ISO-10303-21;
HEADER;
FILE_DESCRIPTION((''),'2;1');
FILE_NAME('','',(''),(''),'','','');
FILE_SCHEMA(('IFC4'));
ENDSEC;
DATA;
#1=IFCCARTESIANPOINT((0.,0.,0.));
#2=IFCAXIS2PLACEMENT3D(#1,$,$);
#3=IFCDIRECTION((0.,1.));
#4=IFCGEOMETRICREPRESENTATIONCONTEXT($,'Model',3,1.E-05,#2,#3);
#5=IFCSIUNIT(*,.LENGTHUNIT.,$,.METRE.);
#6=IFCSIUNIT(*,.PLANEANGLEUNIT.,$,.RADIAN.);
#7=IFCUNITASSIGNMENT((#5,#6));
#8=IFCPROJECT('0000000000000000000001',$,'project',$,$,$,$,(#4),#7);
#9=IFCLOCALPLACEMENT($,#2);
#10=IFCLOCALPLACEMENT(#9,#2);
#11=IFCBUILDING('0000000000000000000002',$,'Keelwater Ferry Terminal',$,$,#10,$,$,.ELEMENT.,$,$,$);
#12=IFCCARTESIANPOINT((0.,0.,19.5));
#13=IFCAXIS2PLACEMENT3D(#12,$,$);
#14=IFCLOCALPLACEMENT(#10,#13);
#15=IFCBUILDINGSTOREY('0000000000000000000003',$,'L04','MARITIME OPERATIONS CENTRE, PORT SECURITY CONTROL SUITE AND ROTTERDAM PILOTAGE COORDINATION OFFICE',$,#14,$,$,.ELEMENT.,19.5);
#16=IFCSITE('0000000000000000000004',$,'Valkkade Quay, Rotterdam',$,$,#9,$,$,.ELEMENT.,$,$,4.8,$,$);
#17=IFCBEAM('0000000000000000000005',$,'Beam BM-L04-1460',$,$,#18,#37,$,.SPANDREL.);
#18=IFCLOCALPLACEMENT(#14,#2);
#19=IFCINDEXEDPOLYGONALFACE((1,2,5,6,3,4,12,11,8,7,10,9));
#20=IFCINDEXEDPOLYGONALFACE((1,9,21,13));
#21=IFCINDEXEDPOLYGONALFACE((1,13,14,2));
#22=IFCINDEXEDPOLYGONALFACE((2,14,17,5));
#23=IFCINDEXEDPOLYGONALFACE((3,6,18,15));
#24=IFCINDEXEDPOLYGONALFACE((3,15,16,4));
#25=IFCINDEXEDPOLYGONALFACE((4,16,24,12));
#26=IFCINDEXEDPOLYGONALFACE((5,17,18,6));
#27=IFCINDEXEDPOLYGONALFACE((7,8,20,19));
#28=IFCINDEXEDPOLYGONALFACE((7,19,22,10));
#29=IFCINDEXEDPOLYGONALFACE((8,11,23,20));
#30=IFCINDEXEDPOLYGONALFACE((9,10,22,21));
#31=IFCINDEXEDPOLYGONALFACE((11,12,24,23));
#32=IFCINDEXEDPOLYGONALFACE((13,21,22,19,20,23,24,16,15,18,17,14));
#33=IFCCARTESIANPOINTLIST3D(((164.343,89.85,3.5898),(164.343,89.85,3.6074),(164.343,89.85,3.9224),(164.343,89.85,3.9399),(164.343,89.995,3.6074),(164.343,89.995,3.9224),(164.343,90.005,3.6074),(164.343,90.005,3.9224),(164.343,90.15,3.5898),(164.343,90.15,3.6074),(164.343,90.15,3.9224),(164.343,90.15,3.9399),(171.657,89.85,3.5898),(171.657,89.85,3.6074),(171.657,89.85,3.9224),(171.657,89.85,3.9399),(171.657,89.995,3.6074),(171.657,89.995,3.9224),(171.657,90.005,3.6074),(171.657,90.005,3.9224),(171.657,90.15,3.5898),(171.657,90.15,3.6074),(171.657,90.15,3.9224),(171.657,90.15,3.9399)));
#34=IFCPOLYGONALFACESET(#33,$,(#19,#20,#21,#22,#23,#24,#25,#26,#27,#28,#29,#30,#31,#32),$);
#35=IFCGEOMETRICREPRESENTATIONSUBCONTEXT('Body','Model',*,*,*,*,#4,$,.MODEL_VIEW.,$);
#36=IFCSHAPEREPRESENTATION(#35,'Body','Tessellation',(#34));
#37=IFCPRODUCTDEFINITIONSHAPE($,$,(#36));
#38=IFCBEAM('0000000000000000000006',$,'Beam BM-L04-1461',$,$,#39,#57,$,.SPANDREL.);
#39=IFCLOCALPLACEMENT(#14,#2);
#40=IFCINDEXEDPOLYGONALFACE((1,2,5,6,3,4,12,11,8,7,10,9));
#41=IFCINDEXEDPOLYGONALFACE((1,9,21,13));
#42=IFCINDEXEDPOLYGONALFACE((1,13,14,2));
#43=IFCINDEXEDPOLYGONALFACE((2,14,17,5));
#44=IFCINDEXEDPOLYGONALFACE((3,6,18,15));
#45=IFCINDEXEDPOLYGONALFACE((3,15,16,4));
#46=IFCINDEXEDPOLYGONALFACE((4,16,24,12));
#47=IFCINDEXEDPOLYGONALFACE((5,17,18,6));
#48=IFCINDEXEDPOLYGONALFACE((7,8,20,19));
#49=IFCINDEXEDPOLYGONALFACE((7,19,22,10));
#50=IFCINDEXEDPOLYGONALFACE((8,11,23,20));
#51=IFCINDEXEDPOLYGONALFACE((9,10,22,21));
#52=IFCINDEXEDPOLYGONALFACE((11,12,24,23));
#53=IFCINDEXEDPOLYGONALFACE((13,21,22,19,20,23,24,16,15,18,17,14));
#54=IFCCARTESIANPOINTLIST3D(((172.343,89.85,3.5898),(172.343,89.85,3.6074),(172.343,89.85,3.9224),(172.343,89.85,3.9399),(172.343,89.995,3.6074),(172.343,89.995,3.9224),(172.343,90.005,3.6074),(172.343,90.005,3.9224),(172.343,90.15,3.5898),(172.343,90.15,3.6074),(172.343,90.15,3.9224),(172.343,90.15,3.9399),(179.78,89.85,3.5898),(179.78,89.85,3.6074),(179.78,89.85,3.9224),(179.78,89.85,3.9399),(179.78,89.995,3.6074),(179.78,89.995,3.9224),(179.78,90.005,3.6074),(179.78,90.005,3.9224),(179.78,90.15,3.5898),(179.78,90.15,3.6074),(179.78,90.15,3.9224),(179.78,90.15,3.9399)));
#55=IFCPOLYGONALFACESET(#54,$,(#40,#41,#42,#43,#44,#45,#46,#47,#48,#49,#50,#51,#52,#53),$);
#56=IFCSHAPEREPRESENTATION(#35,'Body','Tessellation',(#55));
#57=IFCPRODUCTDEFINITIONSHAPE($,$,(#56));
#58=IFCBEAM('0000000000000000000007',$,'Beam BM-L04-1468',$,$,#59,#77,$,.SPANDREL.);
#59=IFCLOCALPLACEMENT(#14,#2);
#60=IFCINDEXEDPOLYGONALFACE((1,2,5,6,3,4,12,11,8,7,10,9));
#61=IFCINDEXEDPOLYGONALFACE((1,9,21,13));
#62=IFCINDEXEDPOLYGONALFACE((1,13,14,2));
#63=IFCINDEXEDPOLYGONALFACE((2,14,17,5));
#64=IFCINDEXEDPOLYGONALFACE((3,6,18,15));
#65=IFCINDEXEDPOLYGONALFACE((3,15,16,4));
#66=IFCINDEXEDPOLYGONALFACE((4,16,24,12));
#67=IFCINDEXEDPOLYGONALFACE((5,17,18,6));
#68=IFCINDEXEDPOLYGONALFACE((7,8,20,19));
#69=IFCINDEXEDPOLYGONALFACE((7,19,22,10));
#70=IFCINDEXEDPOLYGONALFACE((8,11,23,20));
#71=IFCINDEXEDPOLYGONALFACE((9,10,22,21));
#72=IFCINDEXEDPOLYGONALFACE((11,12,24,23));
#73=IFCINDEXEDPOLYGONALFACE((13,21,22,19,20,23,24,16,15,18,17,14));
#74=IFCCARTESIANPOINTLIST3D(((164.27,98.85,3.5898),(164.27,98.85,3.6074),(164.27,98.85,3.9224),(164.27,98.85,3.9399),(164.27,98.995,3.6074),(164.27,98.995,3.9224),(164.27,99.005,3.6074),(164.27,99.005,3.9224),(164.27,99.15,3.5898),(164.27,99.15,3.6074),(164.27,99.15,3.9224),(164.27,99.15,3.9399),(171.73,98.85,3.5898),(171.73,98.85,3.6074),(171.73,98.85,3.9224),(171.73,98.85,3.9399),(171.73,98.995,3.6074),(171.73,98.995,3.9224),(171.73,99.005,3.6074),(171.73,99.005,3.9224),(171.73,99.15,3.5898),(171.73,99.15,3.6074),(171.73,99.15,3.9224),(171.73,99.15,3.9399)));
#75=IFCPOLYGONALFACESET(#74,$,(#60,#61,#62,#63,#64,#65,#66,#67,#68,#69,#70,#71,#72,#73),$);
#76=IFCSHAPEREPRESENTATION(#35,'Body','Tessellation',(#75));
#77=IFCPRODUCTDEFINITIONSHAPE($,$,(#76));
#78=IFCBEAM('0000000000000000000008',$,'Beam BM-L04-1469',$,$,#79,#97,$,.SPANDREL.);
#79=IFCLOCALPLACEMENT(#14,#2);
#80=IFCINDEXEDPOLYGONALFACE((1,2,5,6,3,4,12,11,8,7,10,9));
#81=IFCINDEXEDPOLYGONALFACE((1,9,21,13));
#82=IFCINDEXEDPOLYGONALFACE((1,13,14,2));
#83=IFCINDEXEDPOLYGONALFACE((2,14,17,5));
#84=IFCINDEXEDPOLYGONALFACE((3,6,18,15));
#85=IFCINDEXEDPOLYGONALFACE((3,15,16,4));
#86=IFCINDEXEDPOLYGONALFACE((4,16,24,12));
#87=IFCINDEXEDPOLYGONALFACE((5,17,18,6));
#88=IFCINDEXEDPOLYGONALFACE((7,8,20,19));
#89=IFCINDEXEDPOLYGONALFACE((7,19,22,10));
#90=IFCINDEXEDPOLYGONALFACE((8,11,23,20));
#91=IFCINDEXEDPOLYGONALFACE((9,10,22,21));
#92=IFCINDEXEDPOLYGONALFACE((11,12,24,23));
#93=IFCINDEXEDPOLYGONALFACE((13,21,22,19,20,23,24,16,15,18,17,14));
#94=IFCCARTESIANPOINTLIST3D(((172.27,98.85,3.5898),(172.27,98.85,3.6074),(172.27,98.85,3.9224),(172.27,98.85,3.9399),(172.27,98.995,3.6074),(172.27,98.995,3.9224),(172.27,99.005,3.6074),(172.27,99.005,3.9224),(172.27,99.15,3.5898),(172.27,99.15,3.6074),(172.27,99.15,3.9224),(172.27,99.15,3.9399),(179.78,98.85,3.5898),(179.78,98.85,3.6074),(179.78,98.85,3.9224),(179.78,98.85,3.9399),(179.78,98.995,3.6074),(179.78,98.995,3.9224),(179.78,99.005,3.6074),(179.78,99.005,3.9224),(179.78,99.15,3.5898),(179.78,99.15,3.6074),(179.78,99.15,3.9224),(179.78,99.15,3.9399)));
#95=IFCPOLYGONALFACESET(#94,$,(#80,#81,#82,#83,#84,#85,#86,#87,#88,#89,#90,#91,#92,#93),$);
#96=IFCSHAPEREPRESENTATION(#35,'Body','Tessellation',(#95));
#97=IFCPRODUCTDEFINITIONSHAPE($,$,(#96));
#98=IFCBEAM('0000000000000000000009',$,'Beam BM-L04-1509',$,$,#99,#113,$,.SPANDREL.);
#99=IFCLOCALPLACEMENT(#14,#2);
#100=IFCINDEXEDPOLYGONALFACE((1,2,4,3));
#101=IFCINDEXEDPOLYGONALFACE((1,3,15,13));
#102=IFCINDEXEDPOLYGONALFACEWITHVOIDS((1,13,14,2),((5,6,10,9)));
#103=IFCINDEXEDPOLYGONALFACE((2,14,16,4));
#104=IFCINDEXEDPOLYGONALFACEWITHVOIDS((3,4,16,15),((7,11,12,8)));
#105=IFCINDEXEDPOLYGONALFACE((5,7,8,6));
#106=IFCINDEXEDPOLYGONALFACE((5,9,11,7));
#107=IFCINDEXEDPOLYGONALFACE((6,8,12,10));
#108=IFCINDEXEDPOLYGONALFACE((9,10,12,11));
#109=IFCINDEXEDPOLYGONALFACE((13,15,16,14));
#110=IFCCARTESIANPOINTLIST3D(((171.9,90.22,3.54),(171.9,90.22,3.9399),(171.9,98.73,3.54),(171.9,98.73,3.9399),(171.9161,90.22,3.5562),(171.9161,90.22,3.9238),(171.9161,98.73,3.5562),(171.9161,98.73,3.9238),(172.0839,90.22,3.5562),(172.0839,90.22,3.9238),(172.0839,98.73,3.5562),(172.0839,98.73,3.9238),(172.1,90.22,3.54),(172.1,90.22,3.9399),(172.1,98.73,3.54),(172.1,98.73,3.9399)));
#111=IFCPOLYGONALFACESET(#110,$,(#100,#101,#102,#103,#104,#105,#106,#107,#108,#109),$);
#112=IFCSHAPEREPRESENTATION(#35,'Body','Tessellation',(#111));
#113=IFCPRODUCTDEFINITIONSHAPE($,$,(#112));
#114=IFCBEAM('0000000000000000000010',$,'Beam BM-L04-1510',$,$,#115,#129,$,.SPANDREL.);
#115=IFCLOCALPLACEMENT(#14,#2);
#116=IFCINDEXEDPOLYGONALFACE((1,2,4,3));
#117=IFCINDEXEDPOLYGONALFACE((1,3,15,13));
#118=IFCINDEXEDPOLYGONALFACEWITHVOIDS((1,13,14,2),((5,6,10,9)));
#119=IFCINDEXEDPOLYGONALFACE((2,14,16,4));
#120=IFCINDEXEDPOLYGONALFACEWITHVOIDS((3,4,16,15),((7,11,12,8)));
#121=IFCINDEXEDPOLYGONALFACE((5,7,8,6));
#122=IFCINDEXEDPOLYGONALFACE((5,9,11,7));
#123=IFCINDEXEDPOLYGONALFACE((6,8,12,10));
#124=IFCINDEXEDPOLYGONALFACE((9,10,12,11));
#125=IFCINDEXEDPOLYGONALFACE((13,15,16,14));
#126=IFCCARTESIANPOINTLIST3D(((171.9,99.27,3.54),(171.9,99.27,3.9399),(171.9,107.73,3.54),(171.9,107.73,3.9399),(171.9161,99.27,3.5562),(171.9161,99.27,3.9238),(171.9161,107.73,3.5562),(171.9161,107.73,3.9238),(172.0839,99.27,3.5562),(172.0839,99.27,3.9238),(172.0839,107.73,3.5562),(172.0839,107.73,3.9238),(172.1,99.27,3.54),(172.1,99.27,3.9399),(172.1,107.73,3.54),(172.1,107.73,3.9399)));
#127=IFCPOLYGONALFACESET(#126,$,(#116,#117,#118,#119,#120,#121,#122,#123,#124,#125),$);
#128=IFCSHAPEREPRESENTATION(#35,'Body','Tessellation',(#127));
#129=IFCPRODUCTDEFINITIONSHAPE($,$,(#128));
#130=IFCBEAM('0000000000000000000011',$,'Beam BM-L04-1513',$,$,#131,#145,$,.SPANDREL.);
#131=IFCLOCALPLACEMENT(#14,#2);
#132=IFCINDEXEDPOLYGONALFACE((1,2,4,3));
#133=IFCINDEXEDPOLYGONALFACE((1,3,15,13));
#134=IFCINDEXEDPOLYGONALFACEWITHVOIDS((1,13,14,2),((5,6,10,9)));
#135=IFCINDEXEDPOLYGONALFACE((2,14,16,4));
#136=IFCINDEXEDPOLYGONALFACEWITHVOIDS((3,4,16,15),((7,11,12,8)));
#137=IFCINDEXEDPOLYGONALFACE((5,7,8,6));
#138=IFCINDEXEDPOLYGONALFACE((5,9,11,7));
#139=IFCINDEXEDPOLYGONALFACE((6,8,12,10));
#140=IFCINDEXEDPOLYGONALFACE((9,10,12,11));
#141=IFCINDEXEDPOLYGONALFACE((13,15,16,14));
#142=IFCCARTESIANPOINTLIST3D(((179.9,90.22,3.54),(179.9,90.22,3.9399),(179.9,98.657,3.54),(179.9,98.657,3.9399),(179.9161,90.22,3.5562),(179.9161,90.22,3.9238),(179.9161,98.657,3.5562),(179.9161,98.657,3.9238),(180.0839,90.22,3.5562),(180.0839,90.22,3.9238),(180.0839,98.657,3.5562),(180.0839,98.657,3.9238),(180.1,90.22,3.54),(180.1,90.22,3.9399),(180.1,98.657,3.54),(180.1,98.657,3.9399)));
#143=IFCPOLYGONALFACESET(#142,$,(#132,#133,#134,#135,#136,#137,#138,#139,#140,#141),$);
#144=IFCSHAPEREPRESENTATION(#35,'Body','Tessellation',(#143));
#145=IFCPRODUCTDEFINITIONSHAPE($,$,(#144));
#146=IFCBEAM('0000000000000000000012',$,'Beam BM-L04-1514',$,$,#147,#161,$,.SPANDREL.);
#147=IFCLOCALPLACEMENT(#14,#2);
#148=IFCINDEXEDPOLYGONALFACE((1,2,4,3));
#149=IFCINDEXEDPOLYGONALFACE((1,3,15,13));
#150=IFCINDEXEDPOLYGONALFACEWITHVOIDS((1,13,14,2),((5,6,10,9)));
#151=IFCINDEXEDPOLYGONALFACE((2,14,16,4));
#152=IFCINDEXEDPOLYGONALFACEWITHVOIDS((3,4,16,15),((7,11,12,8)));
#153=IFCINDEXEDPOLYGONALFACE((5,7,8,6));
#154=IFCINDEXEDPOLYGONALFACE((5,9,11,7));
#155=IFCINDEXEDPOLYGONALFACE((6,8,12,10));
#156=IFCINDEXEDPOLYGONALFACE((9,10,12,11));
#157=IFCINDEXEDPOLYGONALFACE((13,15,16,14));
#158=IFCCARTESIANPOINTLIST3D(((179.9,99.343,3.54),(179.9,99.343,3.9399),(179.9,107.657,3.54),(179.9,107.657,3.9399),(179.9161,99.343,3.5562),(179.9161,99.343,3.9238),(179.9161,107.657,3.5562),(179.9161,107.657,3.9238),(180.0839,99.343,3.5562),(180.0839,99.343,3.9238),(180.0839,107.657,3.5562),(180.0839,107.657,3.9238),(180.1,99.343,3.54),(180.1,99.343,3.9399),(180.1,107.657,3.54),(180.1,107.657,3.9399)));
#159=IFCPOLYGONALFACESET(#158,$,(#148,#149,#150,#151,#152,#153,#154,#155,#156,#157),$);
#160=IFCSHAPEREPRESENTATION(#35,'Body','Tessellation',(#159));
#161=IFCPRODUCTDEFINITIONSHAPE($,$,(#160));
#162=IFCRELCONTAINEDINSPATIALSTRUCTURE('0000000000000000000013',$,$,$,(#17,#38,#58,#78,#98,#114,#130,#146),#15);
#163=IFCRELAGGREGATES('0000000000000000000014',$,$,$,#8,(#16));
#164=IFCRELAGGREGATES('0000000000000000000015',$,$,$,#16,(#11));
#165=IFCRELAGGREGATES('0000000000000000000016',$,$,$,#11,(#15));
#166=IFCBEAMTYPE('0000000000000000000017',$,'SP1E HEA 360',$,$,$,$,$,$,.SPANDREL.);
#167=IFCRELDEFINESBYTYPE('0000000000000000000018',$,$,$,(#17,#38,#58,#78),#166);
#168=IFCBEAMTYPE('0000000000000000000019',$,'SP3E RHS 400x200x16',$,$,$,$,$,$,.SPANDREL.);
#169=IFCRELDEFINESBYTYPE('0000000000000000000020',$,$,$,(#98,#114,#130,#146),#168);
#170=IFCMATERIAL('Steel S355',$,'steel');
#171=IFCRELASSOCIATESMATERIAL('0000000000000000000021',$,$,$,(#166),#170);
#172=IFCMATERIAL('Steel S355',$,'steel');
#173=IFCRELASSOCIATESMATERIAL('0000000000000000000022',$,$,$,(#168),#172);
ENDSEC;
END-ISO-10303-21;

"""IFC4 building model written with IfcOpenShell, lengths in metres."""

from ifc_helpers import new_model, si_unit, direction, frame, origin, origin_2d, place, context, subcontext, project, spatial, hollow_rectangle, i_section, extrude, material, material_profile, profile_set, type_object, element, save


model = new_model("IFC4")

# Units and contexts
model_context = context("Model", 3, precision=1e-05, world=origin(), true_north=direction((0.0, 1.0)))
body_context = subcontext(model_context, "Body", "Model", "MODEL_VIEW")
ifc_project = project(units=[si_unit("LENGTHUNIT", "METRE"), si_unit("PLANEANGLEUNIT", "RADIAN")], contexts=[model_context])

# Site, building, storey
site_placement = place(None, origin())
site = spatial("IfcSite", under=ifc_project, at=site_placement, Name="Valkkade Quay, Rotterdam", CompositionType="ELEMENT", RefElevation=4.8)
building_placement = place(site_placement, origin())
building = spatial("IfcBuilding", under=site, at=building_placement, Name="Keelwater Ferry Terminal", CompositionType="ELEMENT")
storey_placement = place(building_placement, frame((0.0, 0.0, 19.5)))
storey = spatial("IfcBuildingStorey", under=building, at=storey_placement, Name="L04", Description="MARITIME OPERATIONS CENTRE, PORT SECURITY CONTROL SUITE AND ROTTERDAM PILOTAGE COORDINATION OFFICE", CompositionType="ELEMENT", Elevation=19.5)

# Beams
ifc_material_1 = material(Name="Steel S355", Category="steel")
ifc_material_profile_1 = material_profile(ifc_material_1, i_section(OverallWidth=0.3, OverallDepth=0.3501, WebThickness=0.01, FlangeThickness=0.0176, at=origin_2d()), Name="HEA 360")
ifc_profile_set_1 = profile_set([ifc_material_profile_1], Name="Steel S355")
beam_type_1 = type_object("IfcBeamType", Name="SP1E HEA 360", PredefinedType="SPANDREL", material=ifc_profile_set_1)
beam_1_placement = place(storey_placement, frame((164.343, 90.0, 3.7649), z_axis=(1.0, 0.0, 0.0), x_axis=(0.0, 1.0, 0.0)))
element("IfcBeam", 1, at=beam_1_placement, inside=storey, type_object=beam_type_1, Name="Beam BM-L04-1460", PredefinedType="SPANDREL", context=body_context, shape_type="SweptSolid", body=[
    extrude(i_section(OverallWidth=0.3, OverallDepth=0.3501, WebThickness=0.01, FlangeThickness=0.0176, at=origin_2d()), origin(), (0.0, 0.0, 1.0), 7.314),
])
beam_2_placement = place(storey_placement, frame((172.343, 90.0, 3.7649), z_axis=(1.0, 0.0, 0.0), x_axis=(0.0, 1.0, 0.0)))
element("IfcBeam", 2, at=beam_2_placement, inside=storey, type_object=beam_type_1, Name="Beam BM-L04-1461", PredefinedType="SPANDREL", context=body_context, shape_type="SweptSolid", body=[
    extrude(i_section(OverallWidth=0.3, OverallDepth=0.3501, WebThickness=0.01, FlangeThickness=0.0176, at=origin_2d()), origin(), (0.0, 0.0, 1.0), 7.437),
])
beam_3_placement = place(storey_placement, frame((164.27, 99.0, 3.7649), z_axis=(1.0, 0.0, 0.0), x_axis=(0.0, 1.0, 0.0)))
element("IfcBeam", 3, at=beam_3_placement, inside=storey, type_object=beam_type_1, Name="Beam BM-L04-1468", PredefinedType="SPANDREL", context=body_context, shape_type="SweptSolid", body=[
    extrude(i_section(OverallWidth=0.3, OverallDepth=0.3501, WebThickness=0.01, FlangeThickness=0.0176, at=origin_2d()), origin(), (0.0, 0.0, 1.0), 7.46),
])
beam_4_placement = place(storey_placement, frame((172.27, 99.0, 3.7649), z_axis=(1.0, 0.0, 0.0), x_axis=(0.0, 1.0, 0.0)))
element("IfcBeam", 4, at=beam_4_placement, inside=storey, type_object=beam_type_1, Name="Beam BM-L04-1469", PredefinedType="SPANDREL", context=body_context, shape_type="SweptSolid", body=[
    extrude(i_section(OverallWidth=0.3, OverallDepth=0.3501, WebThickness=0.01, FlangeThickness=0.0176, at=origin_2d()), origin(), (0.0, 0.0, 1.0), 7.51),
])
ifc_material_2 = material(Name="Steel S355", Category="steel")
ifc_material_profile_2 = material_profile(ifc_material_2, hollow_rectangle(XDim=0.2, YDim=0.3999, WallThickness=0.0161, at=origin_2d()), Name="RHS 400x200x16")
ifc_profile_set_2 = profile_set([ifc_material_profile_2], Name="Steel S355")
beam_type_2 = type_object("IfcBeamType", Name="SP3E RHS 400x200x16", PredefinedType="SPANDREL", material=ifc_profile_set_2)
beam_5_placement = place(storey_placement, frame((172.0, 90.22, 3.74), z_axis=(0.0, 1.0, 0.0), x_axis=(-1.0, 0.0, 0.0)))
element("IfcBeam", 5, at=beam_5_placement, inside=storey, type_object=beam_type_2, Name="Beam BM-L04-1509", PredefinedType="SPANDREL", context=body_context, shape_type="SweptSolid", body=[
    extrude(hollow_rectangle(XDim=0.2, YDim=0.3999, WallThickness=0.0161, at=origin_2d()), origin(), (0.0, 0.0, 1.0), 8.51),
])
beam_6_placement = place(storey_placement, frame((172.0, 99.27, 3.74), z_axis=(0.0, 1.0, 0.0), x_axis=(-1.0, 0.0, 0.0)))
element("IfcBeam", 6, at=beam_6_placement, inside=storey, type_object=beam_type_2, Name="Beam BM-L04-1510", PredefinedType="SPANDREL", context=body_context, shape_type="SweptSolid", body=[
    extrude(hollow_rectangle(XDim=0.2, YDim=0.3999, WallThickness=0.0161, at=origin_2d()), origin(), (0.0, 0.0, 1.0), 8.46),
])
beam_7_placement = place(storey_placement, frame((180.0, 90.22, 3.74), z_axis=(0.0, 1.0, 0.0), x_axis=(-1.0, 0.0, 0.0)))
element("IfcBeam", 7, at=beam_7_placement, inside=storey, type_object=beam_type_2, Name="Beam BM-L04-1513", PredefinedType="SPANDREL", context=body_context, shape_type="SweptSolid", body=[
    extrude(hollow_rectangle(XDim=0.2, YDim=0.3999, WallThickness=0.0161, at=origin_2d()), origin(), (0.0, 0.0, 1.0), 8.437),
])
beam_8_placement = place(storey_placement, frame((180.0, 99.343, 3.74), z_axis=(0.0, 1.0, 0.0), x_axis=(-1.0, 0.0, 0.0)))
element("IfcBeam", 8, at=beam_8_placement, inside=storey, type_object=beam_type_2, Name="Beam BM-L04-1514", PredefinedType="SPANDREL", context=body_context, shape_type="SweptSolid", body=[
    extrude(hollow_rectangle(XDim=0.2, YDim=0.3999, WallThickness=0.0161, at=origin_2d()), origin(), (0.0, 0.0, 1.0), 8.314),
])

save(model, "model.ifc")
